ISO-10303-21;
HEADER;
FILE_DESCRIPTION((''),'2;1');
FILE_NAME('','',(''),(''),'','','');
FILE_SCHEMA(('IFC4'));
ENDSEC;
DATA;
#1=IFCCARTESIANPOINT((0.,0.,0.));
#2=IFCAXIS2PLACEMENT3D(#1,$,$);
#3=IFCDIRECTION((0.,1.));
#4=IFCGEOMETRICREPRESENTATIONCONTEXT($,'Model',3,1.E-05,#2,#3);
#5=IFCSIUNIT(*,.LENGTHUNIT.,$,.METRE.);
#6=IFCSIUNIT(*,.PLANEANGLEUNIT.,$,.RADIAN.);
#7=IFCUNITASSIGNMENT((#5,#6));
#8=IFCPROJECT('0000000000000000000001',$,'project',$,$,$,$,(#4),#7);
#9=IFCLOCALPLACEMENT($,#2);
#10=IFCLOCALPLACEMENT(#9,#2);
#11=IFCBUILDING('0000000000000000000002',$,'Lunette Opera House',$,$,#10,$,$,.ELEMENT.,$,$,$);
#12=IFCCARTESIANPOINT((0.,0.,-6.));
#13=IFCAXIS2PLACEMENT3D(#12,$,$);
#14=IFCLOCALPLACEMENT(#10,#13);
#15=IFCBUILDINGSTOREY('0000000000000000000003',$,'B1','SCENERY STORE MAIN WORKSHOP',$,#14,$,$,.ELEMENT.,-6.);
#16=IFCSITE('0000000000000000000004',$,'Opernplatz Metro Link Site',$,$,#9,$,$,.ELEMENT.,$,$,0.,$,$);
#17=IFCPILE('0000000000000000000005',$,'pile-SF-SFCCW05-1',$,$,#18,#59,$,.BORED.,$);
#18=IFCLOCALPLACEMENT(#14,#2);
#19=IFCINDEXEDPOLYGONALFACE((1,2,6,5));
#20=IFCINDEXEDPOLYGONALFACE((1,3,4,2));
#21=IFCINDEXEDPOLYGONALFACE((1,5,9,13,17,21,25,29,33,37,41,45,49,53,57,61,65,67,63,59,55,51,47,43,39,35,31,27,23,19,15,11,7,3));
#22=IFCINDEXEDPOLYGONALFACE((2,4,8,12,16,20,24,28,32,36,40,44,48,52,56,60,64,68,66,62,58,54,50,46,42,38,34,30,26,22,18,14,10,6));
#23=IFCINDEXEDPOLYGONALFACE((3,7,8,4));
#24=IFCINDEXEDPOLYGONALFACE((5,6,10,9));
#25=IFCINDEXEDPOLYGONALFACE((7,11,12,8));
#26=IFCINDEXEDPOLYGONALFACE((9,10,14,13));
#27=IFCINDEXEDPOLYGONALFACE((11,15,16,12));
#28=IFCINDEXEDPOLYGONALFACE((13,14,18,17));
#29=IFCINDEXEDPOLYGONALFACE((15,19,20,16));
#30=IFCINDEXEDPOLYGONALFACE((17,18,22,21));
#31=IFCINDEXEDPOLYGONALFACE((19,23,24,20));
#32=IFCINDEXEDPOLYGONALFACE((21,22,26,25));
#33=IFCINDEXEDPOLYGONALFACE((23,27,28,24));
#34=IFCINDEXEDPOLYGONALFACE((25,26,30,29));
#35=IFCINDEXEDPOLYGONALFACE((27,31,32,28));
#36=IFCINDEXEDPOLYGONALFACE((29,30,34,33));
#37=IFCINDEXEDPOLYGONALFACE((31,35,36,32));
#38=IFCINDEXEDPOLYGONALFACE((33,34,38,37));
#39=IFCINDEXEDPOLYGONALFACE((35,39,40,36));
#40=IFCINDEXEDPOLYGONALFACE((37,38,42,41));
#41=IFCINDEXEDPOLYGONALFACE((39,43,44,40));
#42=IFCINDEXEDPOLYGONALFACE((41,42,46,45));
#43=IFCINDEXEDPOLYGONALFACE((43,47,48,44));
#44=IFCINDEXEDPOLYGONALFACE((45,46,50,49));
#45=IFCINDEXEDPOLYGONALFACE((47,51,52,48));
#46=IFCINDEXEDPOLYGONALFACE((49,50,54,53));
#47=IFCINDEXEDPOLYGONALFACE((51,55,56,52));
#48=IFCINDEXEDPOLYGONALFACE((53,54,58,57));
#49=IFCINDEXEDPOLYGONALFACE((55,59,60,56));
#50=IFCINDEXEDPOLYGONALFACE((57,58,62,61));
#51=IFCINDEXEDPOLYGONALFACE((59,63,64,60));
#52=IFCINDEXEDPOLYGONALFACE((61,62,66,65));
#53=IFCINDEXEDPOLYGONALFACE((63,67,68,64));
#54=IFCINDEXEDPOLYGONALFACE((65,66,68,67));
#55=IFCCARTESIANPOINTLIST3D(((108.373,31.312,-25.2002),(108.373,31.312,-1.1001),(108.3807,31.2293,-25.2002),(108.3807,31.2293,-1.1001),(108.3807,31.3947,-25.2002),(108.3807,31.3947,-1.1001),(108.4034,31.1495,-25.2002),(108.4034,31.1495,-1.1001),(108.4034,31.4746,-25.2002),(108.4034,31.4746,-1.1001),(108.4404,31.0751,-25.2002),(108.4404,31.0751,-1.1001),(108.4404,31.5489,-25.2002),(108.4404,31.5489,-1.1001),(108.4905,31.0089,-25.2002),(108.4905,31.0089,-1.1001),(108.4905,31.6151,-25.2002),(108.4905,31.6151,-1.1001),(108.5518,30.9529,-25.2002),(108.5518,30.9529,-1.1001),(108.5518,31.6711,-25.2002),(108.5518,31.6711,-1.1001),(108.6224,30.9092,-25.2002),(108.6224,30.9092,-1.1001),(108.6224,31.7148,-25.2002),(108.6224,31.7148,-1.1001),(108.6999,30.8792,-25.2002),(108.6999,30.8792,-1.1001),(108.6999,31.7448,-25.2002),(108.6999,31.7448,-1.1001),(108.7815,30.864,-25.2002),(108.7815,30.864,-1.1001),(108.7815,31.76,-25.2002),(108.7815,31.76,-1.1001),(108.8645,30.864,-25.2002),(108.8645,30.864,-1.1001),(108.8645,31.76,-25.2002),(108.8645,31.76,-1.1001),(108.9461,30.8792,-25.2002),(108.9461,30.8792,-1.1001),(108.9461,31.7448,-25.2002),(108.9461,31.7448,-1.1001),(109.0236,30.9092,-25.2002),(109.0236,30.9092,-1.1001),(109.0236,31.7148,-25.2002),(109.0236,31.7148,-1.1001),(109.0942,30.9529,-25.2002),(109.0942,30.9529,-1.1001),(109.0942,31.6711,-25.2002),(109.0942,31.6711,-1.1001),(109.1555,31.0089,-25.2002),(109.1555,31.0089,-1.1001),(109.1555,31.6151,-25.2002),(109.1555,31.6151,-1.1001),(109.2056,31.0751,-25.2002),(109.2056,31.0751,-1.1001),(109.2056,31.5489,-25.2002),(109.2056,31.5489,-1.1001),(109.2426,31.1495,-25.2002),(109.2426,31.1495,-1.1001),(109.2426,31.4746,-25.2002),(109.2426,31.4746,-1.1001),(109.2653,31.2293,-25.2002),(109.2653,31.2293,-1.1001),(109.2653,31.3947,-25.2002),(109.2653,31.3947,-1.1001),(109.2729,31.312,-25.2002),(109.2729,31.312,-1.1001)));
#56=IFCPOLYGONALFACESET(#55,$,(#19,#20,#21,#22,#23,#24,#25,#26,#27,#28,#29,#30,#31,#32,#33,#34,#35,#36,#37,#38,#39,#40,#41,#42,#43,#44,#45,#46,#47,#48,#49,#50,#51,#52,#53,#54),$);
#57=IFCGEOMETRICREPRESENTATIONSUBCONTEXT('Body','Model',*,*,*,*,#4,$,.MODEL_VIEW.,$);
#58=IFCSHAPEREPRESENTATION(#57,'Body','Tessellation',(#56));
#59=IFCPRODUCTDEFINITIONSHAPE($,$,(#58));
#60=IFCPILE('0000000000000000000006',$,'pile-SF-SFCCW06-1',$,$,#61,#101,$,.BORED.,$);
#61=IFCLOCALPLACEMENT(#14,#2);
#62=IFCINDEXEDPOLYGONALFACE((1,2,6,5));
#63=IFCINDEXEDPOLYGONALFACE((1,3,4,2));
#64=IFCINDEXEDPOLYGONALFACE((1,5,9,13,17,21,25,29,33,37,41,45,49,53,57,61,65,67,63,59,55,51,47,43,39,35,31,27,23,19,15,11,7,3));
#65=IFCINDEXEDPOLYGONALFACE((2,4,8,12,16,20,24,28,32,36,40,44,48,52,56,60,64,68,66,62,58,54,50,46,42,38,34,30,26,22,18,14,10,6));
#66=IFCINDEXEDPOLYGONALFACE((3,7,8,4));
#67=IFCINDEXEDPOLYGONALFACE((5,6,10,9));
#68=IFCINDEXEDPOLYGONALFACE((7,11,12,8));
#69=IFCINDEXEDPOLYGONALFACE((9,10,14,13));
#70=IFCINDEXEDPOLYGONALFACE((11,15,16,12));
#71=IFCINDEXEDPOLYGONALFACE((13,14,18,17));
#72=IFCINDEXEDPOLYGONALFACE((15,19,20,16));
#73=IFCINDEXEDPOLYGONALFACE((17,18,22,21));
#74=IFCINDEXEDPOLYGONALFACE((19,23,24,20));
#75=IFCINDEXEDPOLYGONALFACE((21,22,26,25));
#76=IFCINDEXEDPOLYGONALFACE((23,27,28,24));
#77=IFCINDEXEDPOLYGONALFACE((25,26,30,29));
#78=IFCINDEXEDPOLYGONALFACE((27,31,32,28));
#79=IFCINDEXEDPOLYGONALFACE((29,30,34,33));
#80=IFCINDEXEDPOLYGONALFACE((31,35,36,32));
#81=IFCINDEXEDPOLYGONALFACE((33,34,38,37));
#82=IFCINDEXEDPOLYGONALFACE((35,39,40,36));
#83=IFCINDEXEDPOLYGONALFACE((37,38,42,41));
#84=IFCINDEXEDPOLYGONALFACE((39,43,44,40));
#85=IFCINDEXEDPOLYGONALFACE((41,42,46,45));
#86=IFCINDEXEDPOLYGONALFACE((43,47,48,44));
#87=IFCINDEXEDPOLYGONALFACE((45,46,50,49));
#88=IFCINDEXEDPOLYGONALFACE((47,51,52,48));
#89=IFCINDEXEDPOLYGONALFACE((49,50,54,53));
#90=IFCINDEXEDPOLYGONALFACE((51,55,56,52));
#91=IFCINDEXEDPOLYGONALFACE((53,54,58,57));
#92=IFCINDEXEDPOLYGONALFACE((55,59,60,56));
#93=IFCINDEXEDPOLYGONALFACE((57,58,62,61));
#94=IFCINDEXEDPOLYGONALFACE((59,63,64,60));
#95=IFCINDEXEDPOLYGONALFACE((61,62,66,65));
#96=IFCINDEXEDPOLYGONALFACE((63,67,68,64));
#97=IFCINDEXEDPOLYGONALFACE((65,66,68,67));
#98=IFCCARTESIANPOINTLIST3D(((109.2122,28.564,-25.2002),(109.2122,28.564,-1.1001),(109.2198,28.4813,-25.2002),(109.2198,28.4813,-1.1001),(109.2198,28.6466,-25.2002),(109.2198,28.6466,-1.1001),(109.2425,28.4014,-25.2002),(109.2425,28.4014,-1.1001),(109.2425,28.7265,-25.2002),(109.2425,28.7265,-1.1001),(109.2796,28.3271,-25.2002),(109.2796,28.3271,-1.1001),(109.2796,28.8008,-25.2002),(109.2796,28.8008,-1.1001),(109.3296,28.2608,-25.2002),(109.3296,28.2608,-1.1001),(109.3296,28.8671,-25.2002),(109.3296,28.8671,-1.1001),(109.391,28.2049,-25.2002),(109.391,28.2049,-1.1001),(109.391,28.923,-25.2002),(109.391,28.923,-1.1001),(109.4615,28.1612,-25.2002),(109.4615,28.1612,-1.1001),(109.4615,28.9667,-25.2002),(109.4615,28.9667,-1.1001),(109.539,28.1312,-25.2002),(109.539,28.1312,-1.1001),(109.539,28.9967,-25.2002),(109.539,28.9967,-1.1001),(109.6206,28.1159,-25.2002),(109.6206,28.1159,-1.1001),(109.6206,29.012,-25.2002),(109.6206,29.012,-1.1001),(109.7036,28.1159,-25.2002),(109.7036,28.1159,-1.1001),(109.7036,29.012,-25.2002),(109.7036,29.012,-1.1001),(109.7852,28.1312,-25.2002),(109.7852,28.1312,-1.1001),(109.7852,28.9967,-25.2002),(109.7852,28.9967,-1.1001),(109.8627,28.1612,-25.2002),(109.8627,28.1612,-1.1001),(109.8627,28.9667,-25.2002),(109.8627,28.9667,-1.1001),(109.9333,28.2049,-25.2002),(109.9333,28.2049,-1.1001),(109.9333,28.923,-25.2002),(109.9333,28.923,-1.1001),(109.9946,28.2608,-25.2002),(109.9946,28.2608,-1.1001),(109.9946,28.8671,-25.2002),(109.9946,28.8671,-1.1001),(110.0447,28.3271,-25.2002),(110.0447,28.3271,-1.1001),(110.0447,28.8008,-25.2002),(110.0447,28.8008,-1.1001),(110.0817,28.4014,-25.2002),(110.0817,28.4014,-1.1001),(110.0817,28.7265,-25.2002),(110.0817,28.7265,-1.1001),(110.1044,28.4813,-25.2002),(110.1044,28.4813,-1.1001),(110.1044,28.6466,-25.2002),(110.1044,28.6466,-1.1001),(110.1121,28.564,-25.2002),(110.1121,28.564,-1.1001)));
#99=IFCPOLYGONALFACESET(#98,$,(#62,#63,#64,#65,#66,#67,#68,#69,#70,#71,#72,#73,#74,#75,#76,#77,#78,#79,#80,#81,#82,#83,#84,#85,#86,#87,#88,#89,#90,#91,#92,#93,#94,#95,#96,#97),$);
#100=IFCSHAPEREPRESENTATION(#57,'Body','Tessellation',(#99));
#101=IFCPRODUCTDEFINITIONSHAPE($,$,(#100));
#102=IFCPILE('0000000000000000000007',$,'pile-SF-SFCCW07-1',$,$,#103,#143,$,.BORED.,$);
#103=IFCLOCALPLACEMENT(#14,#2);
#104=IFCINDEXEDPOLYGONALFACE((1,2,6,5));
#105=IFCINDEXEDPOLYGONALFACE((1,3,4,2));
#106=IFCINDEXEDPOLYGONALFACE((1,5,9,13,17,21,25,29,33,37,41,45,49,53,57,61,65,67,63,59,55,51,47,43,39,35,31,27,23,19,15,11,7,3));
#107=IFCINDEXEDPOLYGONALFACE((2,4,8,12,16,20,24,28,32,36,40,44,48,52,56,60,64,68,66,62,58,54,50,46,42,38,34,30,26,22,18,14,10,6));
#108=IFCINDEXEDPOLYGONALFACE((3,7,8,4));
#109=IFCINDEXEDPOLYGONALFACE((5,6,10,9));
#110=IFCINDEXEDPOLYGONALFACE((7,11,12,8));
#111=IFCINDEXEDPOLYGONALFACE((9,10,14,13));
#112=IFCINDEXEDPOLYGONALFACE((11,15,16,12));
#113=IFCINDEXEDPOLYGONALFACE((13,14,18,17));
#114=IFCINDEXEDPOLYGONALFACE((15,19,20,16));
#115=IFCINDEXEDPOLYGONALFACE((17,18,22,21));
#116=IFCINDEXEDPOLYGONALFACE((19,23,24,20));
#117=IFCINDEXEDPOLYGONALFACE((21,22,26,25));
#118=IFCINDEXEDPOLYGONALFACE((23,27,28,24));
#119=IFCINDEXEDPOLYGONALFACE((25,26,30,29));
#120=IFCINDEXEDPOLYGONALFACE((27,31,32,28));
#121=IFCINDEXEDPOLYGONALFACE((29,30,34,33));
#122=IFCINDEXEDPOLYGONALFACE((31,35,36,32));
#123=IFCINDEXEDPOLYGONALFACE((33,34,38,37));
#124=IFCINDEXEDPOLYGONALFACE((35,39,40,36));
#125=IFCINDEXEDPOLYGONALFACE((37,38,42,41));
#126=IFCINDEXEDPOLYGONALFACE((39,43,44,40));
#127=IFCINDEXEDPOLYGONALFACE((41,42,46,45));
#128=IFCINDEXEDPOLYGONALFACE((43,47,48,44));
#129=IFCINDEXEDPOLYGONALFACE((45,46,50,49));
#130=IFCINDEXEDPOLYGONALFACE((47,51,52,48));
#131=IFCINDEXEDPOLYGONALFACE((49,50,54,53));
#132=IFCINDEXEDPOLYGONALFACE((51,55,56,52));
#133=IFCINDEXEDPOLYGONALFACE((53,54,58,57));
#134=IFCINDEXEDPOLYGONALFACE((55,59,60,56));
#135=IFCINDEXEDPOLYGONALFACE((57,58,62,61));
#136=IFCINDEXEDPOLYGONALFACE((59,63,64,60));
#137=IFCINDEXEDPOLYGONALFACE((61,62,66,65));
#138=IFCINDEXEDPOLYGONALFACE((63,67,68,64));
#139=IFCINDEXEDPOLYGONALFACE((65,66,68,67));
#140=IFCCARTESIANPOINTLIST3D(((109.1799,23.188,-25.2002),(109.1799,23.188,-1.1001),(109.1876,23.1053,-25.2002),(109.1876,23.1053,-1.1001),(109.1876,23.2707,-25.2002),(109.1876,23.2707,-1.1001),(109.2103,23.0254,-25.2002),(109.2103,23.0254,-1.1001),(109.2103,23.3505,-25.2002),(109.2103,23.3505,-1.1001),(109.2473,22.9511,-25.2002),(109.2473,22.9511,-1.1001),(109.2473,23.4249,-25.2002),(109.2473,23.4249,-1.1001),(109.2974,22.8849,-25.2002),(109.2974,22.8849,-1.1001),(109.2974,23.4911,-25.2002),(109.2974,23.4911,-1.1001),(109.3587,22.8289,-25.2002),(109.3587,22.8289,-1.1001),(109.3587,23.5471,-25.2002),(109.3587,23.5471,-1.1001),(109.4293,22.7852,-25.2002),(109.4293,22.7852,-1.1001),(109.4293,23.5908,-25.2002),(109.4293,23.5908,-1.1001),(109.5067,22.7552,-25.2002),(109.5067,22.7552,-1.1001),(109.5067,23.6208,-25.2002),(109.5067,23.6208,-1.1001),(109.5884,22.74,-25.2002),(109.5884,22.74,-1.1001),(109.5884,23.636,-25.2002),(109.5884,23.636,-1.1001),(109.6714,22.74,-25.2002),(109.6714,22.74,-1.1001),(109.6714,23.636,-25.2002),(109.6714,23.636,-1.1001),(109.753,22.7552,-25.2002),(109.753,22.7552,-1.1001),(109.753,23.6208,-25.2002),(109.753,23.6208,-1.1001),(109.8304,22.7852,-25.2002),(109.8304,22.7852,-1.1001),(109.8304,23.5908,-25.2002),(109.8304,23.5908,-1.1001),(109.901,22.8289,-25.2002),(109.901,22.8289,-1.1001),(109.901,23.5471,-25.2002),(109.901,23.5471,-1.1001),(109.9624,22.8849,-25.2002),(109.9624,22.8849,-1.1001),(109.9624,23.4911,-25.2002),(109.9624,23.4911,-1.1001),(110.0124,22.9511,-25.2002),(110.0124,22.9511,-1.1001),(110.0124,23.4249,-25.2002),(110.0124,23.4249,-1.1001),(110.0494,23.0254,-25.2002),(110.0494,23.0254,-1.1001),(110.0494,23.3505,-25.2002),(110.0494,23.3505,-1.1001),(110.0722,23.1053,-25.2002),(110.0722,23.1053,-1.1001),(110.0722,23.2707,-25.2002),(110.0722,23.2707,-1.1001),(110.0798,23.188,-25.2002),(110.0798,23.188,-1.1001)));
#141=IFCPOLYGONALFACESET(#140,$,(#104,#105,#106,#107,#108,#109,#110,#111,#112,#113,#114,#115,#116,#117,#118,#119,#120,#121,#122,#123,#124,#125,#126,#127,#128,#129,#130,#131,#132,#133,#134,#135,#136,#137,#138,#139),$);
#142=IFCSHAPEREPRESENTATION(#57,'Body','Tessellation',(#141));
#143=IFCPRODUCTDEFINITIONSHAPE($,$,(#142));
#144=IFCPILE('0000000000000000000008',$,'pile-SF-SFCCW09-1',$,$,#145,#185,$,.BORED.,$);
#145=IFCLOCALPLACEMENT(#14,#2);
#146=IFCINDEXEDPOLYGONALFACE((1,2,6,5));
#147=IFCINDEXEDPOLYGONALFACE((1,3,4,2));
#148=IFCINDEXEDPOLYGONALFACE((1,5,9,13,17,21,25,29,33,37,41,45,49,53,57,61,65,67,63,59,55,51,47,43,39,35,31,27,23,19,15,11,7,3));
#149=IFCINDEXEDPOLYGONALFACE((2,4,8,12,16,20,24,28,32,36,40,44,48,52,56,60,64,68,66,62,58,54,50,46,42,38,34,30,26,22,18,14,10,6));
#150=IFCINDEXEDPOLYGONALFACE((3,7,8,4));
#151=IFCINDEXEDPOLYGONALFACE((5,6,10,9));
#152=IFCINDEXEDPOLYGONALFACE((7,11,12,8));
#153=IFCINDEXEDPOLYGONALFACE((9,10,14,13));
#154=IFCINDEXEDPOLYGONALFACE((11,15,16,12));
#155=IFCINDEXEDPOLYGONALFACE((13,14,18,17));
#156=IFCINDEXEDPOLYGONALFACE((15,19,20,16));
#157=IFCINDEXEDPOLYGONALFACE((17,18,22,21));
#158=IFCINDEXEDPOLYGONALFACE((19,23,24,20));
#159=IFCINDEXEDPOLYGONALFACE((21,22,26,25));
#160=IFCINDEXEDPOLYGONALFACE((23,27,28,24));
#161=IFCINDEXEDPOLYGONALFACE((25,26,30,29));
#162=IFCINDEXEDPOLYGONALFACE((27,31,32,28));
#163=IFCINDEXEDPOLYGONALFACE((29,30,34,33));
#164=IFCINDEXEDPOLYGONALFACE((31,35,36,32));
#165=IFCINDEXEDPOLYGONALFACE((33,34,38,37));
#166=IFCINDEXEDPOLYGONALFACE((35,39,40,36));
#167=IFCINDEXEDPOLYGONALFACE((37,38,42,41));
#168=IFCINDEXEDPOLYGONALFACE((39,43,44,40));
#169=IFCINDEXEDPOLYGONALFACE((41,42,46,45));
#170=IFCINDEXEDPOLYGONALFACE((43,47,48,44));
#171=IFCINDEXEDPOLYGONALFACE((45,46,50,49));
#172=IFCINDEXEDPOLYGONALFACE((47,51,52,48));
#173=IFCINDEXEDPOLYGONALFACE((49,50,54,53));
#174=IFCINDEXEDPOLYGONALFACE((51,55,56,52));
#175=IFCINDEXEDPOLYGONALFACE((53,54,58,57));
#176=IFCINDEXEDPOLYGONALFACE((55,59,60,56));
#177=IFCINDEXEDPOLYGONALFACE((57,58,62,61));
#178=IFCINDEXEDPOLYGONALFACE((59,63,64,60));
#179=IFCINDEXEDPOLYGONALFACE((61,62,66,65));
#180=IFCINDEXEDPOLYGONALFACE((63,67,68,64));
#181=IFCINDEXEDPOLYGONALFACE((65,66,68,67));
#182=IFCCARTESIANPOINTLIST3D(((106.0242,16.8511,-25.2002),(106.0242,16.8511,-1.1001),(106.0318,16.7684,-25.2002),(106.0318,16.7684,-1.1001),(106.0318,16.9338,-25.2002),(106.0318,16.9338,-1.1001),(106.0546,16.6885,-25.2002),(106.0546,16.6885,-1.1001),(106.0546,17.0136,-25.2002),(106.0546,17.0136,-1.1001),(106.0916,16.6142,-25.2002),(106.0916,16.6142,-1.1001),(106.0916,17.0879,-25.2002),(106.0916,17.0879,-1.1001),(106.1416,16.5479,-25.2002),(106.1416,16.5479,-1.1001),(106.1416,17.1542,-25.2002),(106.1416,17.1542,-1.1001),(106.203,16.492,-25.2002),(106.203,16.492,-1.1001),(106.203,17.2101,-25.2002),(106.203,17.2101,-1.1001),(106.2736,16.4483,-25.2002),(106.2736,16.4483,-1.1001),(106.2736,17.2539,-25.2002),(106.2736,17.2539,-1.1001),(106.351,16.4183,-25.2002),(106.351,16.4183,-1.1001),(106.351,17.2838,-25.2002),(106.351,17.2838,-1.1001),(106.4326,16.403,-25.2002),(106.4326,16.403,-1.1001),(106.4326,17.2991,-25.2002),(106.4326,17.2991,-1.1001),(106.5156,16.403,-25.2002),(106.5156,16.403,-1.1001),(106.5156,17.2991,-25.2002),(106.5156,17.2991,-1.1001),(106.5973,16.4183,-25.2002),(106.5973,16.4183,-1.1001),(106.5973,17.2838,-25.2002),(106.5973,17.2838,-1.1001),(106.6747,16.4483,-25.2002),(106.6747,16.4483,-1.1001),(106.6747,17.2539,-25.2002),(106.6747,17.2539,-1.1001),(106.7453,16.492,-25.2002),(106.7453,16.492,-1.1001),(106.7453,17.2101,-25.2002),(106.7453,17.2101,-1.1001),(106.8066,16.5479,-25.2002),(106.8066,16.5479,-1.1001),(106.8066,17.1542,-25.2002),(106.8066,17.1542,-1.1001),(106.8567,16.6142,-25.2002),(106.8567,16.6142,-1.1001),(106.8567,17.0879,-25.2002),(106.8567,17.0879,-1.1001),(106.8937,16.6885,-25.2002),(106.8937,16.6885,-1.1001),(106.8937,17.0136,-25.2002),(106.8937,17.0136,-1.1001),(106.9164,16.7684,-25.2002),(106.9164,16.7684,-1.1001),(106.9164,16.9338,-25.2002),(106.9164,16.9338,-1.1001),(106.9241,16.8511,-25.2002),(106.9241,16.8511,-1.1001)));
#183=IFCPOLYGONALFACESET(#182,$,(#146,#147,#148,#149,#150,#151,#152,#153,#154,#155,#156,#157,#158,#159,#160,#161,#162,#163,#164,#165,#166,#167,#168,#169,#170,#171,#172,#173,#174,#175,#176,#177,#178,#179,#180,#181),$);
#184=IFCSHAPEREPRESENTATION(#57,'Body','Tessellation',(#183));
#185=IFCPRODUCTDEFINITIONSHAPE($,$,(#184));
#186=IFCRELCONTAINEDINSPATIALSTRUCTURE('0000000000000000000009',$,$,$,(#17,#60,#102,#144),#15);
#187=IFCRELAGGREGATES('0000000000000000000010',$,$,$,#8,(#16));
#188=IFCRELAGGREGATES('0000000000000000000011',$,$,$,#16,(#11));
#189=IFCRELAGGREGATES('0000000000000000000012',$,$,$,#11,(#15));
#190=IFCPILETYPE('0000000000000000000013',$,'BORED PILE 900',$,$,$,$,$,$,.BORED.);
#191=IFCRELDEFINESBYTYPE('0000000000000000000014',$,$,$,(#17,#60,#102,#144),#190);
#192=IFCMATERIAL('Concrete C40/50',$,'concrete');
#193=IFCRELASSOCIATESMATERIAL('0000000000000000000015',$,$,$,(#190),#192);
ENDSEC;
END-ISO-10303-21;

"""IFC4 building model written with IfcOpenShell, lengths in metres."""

from ifc_helpers import new_model, si_unit, direction, frame, origin, origin_2d, place, context, subcontext, project, spatial, circle, extrude, material, material_profile, profile_set, type_object, element, save


model = new_model("IFC4")

# Units and contexts
model_context = context("Model", 3, precision=1e-05, world=origin(), true_north=direction((0.0, 1.0)))
body_context = subcontext(model_context, "Body", "Model", "MODEL_VIEW")
ifc_project = project(units=[si_unit("LENGTHUNIT", "METRE"), si_unit("PLANEANGLEUNIT", "RADIAN")], contexts=[model_context])

# Site, building, storey
site_placement = place(None, origin())
site = spatial("IfcSite", under=ifc_project, at=site_placement, Name="Opernplatz Metro Link Site", CompositionType="ELEMENT", RefElevation=0.0)
building_placement = place(site_placement, origin())
building = spatial("IfcBuilding", under=site, at=building_placement, Name="Lunette Opera House", CompositionType="ELEMENT")
storey_placement = place(building_placement, frame((0.0, 0.0, -6.0)))
storey = spatial("IfcBuildingStorey", under=building, at=storey_placement, Name="B1", Description="SCENERY STORE MAIN WORKSHOP", CompositionType="ELEMENT", Elevation=-6.0)

# Piles
ifc_material_1 = material(Name="Concrete C40/50", Category="concrete")
ifc_material_profile_1 = material_profile(ifc_material_1, circle(Radius=0.45, at=origin_2d()), Name="BORED PILE 900")
ifc_profile_set_1 = profile_set([ifc_material_profile_1], Name="Concrete C40/50")
pile_type = type_object("IfcPileType", Name="BORED PILE 900", PredefinedType="BORED", material=ifc_profile_set_1)
for number, where, z_axis, x_axis, name in (
    (1, (108.823, 31.312, -1.1001), (0.0, 0.0, -1.0), (1.0, 0.0, 0.0), "pile-SF-SFCCW05-1"),
    (2, (109.6621, 28.564, -1.1001), (0.0, 0.0, -1.0), (1.0, 0.0, 0.0), "pile-SF-SFCCW06-1"),
    (3, (109.6299, 23.188, -1.1001), (0.0, 0.0, -1.0), (1.0, 0.0, 0.0), "pile-SF-SFCCW07-1"),
    (4, (106.4741, 16.8511, -1.1001), (0.0, 0.0, -1.0), (1.0, 0.0, 0.0), "pile-SF-SFCCW09-1"),
):
    element("IfcPile", number, at=place(storey_placement, frame(where, z_axis=z_axis, x_axis=x_axis)), inside=storey, type_object=pile_type, Name=name, PredefinedType="BORED", context=body_context, shape_type="SweptSolid", body=[
        extrude(circle(Radius=0.45, at=origin_2d()), origin(), (0.0, 0.0, 1.0), 24.1001),
    ])

save(model, "model.ifc")
